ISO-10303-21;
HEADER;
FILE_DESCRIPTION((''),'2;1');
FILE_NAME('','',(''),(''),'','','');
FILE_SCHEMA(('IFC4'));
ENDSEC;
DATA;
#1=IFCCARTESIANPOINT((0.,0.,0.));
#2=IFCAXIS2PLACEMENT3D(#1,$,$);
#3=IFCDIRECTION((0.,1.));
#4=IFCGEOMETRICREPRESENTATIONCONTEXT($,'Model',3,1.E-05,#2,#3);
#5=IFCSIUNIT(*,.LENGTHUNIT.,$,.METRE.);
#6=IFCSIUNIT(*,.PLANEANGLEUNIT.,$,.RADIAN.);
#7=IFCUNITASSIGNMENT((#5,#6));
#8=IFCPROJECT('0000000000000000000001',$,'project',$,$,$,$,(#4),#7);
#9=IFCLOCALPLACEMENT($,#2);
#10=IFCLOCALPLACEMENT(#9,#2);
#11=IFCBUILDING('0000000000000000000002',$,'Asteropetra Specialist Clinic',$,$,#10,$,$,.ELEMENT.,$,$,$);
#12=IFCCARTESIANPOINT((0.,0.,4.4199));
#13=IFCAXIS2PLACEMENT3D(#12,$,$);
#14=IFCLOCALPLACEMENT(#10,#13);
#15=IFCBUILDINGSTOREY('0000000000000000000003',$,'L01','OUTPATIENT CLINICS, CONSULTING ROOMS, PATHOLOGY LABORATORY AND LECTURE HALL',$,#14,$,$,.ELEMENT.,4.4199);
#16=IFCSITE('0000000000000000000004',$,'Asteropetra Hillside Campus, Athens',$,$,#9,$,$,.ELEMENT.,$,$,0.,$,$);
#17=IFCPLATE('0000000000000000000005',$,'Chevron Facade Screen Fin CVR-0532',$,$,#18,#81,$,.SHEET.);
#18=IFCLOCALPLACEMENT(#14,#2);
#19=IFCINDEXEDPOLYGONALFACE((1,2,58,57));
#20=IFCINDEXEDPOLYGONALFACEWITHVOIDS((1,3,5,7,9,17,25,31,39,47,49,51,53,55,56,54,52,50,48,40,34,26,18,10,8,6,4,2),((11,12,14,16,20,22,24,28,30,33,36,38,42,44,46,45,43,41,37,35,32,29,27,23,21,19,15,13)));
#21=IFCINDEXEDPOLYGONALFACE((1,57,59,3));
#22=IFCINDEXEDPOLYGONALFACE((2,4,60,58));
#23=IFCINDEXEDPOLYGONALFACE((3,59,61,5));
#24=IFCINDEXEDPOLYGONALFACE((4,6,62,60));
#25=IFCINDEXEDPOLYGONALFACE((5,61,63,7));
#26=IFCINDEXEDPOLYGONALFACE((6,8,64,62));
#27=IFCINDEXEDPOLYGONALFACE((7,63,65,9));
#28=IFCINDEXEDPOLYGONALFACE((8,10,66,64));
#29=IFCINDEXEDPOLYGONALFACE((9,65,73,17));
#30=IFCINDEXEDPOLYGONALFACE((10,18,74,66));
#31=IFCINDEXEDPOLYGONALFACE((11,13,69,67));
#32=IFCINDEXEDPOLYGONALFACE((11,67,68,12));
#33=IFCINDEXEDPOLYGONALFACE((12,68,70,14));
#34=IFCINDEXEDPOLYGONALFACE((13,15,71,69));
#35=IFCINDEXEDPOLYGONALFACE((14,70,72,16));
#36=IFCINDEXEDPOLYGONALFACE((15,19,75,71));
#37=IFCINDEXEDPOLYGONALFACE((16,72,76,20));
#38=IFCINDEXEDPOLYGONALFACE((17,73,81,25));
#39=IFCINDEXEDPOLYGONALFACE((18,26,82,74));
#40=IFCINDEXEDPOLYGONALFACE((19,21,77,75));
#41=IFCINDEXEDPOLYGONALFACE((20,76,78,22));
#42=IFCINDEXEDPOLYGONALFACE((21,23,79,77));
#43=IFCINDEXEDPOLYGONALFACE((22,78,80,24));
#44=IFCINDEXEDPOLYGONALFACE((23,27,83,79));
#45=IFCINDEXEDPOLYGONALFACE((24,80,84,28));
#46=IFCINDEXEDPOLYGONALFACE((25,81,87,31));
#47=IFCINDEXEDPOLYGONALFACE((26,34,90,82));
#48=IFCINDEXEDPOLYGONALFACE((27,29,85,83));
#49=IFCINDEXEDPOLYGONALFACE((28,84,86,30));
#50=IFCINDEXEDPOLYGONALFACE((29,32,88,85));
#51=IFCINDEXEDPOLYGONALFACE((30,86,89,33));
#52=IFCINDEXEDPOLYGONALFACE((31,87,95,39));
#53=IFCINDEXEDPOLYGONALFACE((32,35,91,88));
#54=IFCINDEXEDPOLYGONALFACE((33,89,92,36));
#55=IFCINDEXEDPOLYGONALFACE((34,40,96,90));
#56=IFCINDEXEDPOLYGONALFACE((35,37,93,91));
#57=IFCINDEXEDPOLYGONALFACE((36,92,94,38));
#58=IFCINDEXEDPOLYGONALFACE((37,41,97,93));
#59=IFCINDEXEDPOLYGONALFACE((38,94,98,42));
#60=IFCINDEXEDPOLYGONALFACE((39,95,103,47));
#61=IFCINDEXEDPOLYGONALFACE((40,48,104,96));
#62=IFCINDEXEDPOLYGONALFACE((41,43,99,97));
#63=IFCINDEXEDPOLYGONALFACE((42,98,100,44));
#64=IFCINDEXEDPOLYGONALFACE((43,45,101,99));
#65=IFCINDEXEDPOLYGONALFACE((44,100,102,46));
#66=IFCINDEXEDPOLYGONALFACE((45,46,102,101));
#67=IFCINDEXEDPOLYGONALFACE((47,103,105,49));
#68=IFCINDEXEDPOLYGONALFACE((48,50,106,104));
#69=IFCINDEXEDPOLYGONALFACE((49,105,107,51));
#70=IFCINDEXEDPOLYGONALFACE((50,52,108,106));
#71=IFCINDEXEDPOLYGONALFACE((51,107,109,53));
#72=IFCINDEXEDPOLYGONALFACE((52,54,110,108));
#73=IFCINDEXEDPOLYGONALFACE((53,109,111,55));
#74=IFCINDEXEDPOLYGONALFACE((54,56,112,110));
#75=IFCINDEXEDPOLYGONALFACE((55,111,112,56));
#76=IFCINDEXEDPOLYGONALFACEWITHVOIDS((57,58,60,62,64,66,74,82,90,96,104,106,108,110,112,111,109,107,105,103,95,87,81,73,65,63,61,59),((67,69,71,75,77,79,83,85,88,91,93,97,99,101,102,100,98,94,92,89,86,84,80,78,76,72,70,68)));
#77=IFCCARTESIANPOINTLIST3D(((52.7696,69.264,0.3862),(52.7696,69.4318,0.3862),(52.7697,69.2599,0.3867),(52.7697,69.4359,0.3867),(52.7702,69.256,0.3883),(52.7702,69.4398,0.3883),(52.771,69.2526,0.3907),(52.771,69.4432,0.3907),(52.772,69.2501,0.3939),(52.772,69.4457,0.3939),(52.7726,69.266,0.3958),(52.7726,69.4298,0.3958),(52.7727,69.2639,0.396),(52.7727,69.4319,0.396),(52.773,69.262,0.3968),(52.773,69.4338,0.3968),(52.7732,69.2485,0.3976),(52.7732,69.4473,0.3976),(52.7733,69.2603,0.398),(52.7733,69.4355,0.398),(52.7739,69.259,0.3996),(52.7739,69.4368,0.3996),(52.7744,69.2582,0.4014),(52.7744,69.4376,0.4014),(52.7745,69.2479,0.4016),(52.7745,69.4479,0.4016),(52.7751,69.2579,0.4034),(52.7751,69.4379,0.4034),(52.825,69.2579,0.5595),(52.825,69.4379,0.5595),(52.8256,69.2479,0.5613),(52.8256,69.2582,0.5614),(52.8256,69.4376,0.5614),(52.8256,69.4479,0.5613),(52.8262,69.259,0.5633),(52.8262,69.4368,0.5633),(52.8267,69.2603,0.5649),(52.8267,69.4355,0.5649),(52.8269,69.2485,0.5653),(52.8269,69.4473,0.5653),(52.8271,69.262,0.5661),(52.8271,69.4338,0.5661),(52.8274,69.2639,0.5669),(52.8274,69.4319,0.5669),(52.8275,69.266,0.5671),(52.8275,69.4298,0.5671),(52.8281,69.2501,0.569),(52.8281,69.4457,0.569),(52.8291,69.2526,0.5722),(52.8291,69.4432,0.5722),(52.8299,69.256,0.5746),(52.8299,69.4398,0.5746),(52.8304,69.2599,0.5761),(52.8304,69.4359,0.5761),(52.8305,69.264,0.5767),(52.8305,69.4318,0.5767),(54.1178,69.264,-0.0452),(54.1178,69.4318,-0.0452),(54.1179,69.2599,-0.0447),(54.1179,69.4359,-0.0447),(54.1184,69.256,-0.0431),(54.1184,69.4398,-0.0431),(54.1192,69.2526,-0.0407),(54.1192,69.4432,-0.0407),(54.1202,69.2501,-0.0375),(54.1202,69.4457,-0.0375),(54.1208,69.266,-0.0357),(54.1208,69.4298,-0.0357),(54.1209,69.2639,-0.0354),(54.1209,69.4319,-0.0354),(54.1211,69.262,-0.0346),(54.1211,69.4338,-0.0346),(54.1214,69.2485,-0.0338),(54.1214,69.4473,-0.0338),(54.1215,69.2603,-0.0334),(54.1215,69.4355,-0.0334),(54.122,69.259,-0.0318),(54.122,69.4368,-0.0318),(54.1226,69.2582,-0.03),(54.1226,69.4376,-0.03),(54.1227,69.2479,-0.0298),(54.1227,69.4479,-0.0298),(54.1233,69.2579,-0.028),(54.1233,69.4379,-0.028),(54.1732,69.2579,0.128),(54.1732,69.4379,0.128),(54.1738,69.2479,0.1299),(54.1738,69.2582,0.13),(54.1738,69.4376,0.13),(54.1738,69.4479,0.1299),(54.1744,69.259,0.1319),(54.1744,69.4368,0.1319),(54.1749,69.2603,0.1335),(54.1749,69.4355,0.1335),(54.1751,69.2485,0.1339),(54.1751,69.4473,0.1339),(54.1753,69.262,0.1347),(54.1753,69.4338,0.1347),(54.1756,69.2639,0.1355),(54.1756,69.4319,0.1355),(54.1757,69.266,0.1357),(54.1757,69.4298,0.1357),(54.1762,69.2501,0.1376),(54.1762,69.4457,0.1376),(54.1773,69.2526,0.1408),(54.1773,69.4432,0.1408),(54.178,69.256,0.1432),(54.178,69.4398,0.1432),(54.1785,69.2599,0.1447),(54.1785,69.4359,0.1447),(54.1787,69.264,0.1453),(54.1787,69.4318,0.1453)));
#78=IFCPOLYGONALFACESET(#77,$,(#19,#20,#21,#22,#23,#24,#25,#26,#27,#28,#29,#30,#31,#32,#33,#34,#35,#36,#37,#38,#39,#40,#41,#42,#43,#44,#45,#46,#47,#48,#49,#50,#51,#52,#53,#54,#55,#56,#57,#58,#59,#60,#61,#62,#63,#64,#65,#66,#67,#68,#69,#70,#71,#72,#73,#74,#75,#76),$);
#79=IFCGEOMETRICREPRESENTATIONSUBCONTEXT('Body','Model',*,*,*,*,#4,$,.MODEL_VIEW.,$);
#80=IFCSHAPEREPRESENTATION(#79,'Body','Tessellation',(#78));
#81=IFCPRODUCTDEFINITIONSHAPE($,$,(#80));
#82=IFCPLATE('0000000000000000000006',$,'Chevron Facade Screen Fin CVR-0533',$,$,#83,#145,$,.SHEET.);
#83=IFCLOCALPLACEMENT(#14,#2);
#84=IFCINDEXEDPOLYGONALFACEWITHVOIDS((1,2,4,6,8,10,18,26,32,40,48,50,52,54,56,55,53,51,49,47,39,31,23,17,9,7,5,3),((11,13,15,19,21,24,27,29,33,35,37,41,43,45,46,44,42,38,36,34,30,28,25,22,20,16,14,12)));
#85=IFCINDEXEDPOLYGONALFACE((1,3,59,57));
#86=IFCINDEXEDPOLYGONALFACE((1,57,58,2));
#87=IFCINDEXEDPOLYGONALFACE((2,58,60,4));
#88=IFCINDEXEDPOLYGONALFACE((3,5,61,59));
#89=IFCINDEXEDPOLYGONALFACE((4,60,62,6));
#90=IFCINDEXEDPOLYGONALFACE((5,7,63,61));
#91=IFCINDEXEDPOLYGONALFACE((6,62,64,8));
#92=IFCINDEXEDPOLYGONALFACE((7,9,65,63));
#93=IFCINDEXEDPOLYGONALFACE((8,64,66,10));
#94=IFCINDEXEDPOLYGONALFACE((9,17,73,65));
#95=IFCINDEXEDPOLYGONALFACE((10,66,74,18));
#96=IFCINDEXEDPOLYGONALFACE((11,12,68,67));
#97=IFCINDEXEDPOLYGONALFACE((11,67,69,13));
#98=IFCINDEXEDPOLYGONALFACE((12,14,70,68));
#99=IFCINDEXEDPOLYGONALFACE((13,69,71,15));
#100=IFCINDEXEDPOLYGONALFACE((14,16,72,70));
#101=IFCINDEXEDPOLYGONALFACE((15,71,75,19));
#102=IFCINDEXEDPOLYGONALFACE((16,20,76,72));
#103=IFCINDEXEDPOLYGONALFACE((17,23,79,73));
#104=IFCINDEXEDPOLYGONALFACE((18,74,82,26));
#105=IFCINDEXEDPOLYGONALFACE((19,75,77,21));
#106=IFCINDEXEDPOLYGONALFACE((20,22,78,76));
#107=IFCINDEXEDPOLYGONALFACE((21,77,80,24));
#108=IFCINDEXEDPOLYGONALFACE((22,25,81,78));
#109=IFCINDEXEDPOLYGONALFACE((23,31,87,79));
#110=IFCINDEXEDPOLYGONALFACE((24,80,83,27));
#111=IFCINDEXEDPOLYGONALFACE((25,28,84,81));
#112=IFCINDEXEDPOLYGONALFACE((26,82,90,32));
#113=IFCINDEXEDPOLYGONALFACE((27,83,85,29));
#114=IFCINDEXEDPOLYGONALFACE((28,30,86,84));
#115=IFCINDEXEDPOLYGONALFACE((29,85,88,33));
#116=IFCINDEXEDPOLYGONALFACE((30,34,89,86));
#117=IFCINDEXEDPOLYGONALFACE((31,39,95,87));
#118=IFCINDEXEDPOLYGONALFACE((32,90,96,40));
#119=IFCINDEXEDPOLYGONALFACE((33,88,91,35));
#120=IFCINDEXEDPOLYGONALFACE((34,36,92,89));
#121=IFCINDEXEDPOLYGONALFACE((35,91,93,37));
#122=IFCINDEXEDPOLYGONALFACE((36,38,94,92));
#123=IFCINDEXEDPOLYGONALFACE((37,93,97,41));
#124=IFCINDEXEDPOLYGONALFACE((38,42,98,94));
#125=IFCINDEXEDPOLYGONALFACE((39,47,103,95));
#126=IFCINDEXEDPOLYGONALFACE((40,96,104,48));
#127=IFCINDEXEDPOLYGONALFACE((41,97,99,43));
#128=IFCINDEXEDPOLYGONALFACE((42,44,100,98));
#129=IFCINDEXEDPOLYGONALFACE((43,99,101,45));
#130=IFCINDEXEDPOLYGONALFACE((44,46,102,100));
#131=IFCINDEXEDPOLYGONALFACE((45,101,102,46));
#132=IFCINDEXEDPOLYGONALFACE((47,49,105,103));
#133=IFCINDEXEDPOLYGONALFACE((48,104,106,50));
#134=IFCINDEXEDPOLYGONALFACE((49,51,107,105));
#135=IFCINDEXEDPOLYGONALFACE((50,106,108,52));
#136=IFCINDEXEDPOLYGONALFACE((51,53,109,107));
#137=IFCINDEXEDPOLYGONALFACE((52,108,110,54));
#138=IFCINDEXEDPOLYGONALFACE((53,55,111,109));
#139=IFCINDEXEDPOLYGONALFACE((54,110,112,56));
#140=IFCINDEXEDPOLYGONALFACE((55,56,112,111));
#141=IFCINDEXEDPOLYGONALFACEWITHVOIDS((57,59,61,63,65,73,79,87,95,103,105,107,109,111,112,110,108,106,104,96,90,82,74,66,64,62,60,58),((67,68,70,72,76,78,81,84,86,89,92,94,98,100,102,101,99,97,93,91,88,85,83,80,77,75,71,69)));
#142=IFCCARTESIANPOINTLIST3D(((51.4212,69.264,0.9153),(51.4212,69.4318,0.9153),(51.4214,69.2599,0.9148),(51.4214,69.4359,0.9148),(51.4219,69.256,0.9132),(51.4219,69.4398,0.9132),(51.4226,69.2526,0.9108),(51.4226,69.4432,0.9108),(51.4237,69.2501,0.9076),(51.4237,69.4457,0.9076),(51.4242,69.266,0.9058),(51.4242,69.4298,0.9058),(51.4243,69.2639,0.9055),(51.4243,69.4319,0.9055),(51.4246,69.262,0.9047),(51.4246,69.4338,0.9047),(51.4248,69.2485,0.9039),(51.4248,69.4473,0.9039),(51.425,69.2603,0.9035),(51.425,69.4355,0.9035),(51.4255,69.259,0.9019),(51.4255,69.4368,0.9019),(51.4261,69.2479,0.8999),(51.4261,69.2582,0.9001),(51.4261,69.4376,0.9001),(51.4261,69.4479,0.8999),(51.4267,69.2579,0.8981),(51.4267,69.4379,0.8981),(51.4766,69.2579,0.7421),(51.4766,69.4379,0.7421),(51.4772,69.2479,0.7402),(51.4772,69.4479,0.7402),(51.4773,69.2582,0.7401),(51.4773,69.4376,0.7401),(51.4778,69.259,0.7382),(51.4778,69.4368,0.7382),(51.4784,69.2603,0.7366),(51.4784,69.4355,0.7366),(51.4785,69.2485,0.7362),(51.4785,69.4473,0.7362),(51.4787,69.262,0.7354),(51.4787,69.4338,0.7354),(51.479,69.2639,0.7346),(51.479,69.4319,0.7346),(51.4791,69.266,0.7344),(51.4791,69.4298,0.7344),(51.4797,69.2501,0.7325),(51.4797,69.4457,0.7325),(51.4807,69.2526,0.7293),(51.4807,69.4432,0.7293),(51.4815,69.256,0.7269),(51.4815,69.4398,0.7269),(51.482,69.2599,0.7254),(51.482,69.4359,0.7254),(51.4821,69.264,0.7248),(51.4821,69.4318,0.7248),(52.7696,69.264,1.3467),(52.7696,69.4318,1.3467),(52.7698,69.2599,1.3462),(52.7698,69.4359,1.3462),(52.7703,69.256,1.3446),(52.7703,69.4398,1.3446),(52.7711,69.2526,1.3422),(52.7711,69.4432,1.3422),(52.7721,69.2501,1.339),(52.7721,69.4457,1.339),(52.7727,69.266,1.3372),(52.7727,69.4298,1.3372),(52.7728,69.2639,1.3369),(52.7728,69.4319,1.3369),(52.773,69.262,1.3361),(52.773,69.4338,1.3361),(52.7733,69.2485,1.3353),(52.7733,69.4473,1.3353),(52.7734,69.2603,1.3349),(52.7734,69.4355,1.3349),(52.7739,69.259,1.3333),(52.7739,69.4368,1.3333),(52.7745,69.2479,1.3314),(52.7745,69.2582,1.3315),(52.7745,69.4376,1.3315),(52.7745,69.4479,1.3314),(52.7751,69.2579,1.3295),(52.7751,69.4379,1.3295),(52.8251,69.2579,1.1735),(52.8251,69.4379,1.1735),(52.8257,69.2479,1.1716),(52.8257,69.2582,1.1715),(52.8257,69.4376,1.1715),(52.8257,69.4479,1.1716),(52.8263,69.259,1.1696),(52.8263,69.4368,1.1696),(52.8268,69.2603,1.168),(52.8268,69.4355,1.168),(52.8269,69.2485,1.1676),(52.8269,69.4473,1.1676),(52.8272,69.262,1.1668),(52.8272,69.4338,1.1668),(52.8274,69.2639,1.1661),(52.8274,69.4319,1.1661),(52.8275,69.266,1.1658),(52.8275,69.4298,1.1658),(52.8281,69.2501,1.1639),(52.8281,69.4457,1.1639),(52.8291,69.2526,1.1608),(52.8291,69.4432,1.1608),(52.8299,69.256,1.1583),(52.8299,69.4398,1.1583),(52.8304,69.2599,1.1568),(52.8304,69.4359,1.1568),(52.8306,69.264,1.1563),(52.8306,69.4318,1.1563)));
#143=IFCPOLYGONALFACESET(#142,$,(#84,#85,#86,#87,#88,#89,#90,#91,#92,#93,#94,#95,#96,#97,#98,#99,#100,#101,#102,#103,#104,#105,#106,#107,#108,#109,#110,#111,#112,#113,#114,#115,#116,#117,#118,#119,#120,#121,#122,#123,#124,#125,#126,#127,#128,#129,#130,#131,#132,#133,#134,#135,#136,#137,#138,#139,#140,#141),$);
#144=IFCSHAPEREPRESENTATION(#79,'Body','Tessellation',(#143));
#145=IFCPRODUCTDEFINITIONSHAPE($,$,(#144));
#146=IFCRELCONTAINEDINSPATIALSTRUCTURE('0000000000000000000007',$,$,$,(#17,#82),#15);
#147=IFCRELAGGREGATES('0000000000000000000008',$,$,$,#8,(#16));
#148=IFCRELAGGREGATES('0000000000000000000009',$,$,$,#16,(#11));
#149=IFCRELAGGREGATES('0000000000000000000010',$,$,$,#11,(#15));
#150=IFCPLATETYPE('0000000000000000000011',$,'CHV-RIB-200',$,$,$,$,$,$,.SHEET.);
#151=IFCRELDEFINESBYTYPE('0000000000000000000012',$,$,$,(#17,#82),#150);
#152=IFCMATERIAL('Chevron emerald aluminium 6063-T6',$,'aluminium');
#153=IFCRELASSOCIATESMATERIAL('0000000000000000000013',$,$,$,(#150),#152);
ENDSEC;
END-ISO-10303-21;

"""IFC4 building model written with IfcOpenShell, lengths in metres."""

from ifc_helpers import new_model, si_unit, direction, frame, origin, origin_2d, place, context, subcontext, project, spatial, hollow_rectangle, extrude, material, material_profile, profile_set, type_object, element, save


model = new_model("IFC4")

# Units and contexts
model_context = context("Model", 3, precision=1e-05, world=origin(), true_north=direction((0.0, 1.0)))
body_context = subcontext(model_context, "Body", "Model", "MODEL_VIEW")
ifc_project = project(units=[si_unit("LENGTHUNIT", "METRE"), si_unit("PLANEANGLEUNIT", "RADIAN")], contexts=[model_context])

# Site, building, storey
site_placement = place(None, origin())
site = spatial("IfcSite", under=ifc_project, at=site_placement, Name="Asteropetra Hillside Campus, Athens", CompositionType="ELEMENT", RefElevation=0.0)
building_placement = place(site_placement, origin())
building = spatial("IfcBuilding", under=site, at=building_placement, Name="Asteropetra Specialist Clinic", CompositionType="ELEMENT")
storey_placement = place(building_placement, frame((0.0, 0.0, 4.4199)))
storey = spatial("IfcBuildingStorey", under=building, at=storey_placement, Name="L01", Description="OUTPATIENT CLINICS, CONSULTING ROOMS, PATHOLOGY LABORATORY AND LECTURE HALL", CompositionType="ELEMENT", Elevation=4.4199)

# Plates
ifc_material_1 = material(Name="Chevron emerald aluminium 6063-T6", Category="aluminium")
ifc_material_profile_1 = material_profile(ifc_material_1, hollow_rectangle(XDim=0.2, YDim=0.2, WallThickness=0.01, InnerFilletRadius=0.0081, OuterFilletRadius=0.0161, at=origin_2d()), Name="SHS 200x200x10.0")
ifc_profile_set_1 = profile_set([ifc_material_profile_1], Name="Chevron emerald aluminium 6063-T6")
plate_type_1 = type_object("IfcPlateType", Name="CHV-RIB-200", PredefinedType="SHEET", material=ifc_profile_set_1)
plate_1_placement = place(storey_placement, frame((52.8, 69.3479, 0.4814), z_axis=(0.952426, 0.0, -0.304769), x_axis=(0.0, 1.0, 0.0)))
element("IfcPlate", 1, at=plate_1_placement, inside=storey, type_object=plate_type_1, Name="Chevron Facade Screen Fin CVR-0532", PredefinedType="SHEET", context=body_context, shape_type="SweptSolid", body=[
    extrude(hollow_rectangle(XDim=0.2, YDim=0.2, WallThickness=0.01, InnerFilletRadius=0.0081, OuterFilletRadius=0.0161, at=origin_2d()), origin(), (0.0, 0.0, 1.0), 1.4155),
])
plate_2_placement = place(storey_placement, frame((51.4517, 69.3479, 0.8201), z_axis=(0.952442, 0.0, 0.304719), x_axis=(0.0, 1.0, 0.0)))
element("IfcPlate", 2, at=plate_2_placement, inside=storey, type_object=plate_type_1, Name="Chevron Facade Screen Fin CVR-0533", PredefinedType="SHEET", context=body_context, shape_type="SweptSolid", body=[
    extrude(hollow_rectangle(XDim=0.2, YDim=0.2, WallThickness=0.01, InnerFilletRadius=0.0081, OuterFilletRadius=0.0161, at=origin_2d()), origin(), (0.0, 0.0, 1.0), 1.4158),
])

save(model, "model.ifc")
